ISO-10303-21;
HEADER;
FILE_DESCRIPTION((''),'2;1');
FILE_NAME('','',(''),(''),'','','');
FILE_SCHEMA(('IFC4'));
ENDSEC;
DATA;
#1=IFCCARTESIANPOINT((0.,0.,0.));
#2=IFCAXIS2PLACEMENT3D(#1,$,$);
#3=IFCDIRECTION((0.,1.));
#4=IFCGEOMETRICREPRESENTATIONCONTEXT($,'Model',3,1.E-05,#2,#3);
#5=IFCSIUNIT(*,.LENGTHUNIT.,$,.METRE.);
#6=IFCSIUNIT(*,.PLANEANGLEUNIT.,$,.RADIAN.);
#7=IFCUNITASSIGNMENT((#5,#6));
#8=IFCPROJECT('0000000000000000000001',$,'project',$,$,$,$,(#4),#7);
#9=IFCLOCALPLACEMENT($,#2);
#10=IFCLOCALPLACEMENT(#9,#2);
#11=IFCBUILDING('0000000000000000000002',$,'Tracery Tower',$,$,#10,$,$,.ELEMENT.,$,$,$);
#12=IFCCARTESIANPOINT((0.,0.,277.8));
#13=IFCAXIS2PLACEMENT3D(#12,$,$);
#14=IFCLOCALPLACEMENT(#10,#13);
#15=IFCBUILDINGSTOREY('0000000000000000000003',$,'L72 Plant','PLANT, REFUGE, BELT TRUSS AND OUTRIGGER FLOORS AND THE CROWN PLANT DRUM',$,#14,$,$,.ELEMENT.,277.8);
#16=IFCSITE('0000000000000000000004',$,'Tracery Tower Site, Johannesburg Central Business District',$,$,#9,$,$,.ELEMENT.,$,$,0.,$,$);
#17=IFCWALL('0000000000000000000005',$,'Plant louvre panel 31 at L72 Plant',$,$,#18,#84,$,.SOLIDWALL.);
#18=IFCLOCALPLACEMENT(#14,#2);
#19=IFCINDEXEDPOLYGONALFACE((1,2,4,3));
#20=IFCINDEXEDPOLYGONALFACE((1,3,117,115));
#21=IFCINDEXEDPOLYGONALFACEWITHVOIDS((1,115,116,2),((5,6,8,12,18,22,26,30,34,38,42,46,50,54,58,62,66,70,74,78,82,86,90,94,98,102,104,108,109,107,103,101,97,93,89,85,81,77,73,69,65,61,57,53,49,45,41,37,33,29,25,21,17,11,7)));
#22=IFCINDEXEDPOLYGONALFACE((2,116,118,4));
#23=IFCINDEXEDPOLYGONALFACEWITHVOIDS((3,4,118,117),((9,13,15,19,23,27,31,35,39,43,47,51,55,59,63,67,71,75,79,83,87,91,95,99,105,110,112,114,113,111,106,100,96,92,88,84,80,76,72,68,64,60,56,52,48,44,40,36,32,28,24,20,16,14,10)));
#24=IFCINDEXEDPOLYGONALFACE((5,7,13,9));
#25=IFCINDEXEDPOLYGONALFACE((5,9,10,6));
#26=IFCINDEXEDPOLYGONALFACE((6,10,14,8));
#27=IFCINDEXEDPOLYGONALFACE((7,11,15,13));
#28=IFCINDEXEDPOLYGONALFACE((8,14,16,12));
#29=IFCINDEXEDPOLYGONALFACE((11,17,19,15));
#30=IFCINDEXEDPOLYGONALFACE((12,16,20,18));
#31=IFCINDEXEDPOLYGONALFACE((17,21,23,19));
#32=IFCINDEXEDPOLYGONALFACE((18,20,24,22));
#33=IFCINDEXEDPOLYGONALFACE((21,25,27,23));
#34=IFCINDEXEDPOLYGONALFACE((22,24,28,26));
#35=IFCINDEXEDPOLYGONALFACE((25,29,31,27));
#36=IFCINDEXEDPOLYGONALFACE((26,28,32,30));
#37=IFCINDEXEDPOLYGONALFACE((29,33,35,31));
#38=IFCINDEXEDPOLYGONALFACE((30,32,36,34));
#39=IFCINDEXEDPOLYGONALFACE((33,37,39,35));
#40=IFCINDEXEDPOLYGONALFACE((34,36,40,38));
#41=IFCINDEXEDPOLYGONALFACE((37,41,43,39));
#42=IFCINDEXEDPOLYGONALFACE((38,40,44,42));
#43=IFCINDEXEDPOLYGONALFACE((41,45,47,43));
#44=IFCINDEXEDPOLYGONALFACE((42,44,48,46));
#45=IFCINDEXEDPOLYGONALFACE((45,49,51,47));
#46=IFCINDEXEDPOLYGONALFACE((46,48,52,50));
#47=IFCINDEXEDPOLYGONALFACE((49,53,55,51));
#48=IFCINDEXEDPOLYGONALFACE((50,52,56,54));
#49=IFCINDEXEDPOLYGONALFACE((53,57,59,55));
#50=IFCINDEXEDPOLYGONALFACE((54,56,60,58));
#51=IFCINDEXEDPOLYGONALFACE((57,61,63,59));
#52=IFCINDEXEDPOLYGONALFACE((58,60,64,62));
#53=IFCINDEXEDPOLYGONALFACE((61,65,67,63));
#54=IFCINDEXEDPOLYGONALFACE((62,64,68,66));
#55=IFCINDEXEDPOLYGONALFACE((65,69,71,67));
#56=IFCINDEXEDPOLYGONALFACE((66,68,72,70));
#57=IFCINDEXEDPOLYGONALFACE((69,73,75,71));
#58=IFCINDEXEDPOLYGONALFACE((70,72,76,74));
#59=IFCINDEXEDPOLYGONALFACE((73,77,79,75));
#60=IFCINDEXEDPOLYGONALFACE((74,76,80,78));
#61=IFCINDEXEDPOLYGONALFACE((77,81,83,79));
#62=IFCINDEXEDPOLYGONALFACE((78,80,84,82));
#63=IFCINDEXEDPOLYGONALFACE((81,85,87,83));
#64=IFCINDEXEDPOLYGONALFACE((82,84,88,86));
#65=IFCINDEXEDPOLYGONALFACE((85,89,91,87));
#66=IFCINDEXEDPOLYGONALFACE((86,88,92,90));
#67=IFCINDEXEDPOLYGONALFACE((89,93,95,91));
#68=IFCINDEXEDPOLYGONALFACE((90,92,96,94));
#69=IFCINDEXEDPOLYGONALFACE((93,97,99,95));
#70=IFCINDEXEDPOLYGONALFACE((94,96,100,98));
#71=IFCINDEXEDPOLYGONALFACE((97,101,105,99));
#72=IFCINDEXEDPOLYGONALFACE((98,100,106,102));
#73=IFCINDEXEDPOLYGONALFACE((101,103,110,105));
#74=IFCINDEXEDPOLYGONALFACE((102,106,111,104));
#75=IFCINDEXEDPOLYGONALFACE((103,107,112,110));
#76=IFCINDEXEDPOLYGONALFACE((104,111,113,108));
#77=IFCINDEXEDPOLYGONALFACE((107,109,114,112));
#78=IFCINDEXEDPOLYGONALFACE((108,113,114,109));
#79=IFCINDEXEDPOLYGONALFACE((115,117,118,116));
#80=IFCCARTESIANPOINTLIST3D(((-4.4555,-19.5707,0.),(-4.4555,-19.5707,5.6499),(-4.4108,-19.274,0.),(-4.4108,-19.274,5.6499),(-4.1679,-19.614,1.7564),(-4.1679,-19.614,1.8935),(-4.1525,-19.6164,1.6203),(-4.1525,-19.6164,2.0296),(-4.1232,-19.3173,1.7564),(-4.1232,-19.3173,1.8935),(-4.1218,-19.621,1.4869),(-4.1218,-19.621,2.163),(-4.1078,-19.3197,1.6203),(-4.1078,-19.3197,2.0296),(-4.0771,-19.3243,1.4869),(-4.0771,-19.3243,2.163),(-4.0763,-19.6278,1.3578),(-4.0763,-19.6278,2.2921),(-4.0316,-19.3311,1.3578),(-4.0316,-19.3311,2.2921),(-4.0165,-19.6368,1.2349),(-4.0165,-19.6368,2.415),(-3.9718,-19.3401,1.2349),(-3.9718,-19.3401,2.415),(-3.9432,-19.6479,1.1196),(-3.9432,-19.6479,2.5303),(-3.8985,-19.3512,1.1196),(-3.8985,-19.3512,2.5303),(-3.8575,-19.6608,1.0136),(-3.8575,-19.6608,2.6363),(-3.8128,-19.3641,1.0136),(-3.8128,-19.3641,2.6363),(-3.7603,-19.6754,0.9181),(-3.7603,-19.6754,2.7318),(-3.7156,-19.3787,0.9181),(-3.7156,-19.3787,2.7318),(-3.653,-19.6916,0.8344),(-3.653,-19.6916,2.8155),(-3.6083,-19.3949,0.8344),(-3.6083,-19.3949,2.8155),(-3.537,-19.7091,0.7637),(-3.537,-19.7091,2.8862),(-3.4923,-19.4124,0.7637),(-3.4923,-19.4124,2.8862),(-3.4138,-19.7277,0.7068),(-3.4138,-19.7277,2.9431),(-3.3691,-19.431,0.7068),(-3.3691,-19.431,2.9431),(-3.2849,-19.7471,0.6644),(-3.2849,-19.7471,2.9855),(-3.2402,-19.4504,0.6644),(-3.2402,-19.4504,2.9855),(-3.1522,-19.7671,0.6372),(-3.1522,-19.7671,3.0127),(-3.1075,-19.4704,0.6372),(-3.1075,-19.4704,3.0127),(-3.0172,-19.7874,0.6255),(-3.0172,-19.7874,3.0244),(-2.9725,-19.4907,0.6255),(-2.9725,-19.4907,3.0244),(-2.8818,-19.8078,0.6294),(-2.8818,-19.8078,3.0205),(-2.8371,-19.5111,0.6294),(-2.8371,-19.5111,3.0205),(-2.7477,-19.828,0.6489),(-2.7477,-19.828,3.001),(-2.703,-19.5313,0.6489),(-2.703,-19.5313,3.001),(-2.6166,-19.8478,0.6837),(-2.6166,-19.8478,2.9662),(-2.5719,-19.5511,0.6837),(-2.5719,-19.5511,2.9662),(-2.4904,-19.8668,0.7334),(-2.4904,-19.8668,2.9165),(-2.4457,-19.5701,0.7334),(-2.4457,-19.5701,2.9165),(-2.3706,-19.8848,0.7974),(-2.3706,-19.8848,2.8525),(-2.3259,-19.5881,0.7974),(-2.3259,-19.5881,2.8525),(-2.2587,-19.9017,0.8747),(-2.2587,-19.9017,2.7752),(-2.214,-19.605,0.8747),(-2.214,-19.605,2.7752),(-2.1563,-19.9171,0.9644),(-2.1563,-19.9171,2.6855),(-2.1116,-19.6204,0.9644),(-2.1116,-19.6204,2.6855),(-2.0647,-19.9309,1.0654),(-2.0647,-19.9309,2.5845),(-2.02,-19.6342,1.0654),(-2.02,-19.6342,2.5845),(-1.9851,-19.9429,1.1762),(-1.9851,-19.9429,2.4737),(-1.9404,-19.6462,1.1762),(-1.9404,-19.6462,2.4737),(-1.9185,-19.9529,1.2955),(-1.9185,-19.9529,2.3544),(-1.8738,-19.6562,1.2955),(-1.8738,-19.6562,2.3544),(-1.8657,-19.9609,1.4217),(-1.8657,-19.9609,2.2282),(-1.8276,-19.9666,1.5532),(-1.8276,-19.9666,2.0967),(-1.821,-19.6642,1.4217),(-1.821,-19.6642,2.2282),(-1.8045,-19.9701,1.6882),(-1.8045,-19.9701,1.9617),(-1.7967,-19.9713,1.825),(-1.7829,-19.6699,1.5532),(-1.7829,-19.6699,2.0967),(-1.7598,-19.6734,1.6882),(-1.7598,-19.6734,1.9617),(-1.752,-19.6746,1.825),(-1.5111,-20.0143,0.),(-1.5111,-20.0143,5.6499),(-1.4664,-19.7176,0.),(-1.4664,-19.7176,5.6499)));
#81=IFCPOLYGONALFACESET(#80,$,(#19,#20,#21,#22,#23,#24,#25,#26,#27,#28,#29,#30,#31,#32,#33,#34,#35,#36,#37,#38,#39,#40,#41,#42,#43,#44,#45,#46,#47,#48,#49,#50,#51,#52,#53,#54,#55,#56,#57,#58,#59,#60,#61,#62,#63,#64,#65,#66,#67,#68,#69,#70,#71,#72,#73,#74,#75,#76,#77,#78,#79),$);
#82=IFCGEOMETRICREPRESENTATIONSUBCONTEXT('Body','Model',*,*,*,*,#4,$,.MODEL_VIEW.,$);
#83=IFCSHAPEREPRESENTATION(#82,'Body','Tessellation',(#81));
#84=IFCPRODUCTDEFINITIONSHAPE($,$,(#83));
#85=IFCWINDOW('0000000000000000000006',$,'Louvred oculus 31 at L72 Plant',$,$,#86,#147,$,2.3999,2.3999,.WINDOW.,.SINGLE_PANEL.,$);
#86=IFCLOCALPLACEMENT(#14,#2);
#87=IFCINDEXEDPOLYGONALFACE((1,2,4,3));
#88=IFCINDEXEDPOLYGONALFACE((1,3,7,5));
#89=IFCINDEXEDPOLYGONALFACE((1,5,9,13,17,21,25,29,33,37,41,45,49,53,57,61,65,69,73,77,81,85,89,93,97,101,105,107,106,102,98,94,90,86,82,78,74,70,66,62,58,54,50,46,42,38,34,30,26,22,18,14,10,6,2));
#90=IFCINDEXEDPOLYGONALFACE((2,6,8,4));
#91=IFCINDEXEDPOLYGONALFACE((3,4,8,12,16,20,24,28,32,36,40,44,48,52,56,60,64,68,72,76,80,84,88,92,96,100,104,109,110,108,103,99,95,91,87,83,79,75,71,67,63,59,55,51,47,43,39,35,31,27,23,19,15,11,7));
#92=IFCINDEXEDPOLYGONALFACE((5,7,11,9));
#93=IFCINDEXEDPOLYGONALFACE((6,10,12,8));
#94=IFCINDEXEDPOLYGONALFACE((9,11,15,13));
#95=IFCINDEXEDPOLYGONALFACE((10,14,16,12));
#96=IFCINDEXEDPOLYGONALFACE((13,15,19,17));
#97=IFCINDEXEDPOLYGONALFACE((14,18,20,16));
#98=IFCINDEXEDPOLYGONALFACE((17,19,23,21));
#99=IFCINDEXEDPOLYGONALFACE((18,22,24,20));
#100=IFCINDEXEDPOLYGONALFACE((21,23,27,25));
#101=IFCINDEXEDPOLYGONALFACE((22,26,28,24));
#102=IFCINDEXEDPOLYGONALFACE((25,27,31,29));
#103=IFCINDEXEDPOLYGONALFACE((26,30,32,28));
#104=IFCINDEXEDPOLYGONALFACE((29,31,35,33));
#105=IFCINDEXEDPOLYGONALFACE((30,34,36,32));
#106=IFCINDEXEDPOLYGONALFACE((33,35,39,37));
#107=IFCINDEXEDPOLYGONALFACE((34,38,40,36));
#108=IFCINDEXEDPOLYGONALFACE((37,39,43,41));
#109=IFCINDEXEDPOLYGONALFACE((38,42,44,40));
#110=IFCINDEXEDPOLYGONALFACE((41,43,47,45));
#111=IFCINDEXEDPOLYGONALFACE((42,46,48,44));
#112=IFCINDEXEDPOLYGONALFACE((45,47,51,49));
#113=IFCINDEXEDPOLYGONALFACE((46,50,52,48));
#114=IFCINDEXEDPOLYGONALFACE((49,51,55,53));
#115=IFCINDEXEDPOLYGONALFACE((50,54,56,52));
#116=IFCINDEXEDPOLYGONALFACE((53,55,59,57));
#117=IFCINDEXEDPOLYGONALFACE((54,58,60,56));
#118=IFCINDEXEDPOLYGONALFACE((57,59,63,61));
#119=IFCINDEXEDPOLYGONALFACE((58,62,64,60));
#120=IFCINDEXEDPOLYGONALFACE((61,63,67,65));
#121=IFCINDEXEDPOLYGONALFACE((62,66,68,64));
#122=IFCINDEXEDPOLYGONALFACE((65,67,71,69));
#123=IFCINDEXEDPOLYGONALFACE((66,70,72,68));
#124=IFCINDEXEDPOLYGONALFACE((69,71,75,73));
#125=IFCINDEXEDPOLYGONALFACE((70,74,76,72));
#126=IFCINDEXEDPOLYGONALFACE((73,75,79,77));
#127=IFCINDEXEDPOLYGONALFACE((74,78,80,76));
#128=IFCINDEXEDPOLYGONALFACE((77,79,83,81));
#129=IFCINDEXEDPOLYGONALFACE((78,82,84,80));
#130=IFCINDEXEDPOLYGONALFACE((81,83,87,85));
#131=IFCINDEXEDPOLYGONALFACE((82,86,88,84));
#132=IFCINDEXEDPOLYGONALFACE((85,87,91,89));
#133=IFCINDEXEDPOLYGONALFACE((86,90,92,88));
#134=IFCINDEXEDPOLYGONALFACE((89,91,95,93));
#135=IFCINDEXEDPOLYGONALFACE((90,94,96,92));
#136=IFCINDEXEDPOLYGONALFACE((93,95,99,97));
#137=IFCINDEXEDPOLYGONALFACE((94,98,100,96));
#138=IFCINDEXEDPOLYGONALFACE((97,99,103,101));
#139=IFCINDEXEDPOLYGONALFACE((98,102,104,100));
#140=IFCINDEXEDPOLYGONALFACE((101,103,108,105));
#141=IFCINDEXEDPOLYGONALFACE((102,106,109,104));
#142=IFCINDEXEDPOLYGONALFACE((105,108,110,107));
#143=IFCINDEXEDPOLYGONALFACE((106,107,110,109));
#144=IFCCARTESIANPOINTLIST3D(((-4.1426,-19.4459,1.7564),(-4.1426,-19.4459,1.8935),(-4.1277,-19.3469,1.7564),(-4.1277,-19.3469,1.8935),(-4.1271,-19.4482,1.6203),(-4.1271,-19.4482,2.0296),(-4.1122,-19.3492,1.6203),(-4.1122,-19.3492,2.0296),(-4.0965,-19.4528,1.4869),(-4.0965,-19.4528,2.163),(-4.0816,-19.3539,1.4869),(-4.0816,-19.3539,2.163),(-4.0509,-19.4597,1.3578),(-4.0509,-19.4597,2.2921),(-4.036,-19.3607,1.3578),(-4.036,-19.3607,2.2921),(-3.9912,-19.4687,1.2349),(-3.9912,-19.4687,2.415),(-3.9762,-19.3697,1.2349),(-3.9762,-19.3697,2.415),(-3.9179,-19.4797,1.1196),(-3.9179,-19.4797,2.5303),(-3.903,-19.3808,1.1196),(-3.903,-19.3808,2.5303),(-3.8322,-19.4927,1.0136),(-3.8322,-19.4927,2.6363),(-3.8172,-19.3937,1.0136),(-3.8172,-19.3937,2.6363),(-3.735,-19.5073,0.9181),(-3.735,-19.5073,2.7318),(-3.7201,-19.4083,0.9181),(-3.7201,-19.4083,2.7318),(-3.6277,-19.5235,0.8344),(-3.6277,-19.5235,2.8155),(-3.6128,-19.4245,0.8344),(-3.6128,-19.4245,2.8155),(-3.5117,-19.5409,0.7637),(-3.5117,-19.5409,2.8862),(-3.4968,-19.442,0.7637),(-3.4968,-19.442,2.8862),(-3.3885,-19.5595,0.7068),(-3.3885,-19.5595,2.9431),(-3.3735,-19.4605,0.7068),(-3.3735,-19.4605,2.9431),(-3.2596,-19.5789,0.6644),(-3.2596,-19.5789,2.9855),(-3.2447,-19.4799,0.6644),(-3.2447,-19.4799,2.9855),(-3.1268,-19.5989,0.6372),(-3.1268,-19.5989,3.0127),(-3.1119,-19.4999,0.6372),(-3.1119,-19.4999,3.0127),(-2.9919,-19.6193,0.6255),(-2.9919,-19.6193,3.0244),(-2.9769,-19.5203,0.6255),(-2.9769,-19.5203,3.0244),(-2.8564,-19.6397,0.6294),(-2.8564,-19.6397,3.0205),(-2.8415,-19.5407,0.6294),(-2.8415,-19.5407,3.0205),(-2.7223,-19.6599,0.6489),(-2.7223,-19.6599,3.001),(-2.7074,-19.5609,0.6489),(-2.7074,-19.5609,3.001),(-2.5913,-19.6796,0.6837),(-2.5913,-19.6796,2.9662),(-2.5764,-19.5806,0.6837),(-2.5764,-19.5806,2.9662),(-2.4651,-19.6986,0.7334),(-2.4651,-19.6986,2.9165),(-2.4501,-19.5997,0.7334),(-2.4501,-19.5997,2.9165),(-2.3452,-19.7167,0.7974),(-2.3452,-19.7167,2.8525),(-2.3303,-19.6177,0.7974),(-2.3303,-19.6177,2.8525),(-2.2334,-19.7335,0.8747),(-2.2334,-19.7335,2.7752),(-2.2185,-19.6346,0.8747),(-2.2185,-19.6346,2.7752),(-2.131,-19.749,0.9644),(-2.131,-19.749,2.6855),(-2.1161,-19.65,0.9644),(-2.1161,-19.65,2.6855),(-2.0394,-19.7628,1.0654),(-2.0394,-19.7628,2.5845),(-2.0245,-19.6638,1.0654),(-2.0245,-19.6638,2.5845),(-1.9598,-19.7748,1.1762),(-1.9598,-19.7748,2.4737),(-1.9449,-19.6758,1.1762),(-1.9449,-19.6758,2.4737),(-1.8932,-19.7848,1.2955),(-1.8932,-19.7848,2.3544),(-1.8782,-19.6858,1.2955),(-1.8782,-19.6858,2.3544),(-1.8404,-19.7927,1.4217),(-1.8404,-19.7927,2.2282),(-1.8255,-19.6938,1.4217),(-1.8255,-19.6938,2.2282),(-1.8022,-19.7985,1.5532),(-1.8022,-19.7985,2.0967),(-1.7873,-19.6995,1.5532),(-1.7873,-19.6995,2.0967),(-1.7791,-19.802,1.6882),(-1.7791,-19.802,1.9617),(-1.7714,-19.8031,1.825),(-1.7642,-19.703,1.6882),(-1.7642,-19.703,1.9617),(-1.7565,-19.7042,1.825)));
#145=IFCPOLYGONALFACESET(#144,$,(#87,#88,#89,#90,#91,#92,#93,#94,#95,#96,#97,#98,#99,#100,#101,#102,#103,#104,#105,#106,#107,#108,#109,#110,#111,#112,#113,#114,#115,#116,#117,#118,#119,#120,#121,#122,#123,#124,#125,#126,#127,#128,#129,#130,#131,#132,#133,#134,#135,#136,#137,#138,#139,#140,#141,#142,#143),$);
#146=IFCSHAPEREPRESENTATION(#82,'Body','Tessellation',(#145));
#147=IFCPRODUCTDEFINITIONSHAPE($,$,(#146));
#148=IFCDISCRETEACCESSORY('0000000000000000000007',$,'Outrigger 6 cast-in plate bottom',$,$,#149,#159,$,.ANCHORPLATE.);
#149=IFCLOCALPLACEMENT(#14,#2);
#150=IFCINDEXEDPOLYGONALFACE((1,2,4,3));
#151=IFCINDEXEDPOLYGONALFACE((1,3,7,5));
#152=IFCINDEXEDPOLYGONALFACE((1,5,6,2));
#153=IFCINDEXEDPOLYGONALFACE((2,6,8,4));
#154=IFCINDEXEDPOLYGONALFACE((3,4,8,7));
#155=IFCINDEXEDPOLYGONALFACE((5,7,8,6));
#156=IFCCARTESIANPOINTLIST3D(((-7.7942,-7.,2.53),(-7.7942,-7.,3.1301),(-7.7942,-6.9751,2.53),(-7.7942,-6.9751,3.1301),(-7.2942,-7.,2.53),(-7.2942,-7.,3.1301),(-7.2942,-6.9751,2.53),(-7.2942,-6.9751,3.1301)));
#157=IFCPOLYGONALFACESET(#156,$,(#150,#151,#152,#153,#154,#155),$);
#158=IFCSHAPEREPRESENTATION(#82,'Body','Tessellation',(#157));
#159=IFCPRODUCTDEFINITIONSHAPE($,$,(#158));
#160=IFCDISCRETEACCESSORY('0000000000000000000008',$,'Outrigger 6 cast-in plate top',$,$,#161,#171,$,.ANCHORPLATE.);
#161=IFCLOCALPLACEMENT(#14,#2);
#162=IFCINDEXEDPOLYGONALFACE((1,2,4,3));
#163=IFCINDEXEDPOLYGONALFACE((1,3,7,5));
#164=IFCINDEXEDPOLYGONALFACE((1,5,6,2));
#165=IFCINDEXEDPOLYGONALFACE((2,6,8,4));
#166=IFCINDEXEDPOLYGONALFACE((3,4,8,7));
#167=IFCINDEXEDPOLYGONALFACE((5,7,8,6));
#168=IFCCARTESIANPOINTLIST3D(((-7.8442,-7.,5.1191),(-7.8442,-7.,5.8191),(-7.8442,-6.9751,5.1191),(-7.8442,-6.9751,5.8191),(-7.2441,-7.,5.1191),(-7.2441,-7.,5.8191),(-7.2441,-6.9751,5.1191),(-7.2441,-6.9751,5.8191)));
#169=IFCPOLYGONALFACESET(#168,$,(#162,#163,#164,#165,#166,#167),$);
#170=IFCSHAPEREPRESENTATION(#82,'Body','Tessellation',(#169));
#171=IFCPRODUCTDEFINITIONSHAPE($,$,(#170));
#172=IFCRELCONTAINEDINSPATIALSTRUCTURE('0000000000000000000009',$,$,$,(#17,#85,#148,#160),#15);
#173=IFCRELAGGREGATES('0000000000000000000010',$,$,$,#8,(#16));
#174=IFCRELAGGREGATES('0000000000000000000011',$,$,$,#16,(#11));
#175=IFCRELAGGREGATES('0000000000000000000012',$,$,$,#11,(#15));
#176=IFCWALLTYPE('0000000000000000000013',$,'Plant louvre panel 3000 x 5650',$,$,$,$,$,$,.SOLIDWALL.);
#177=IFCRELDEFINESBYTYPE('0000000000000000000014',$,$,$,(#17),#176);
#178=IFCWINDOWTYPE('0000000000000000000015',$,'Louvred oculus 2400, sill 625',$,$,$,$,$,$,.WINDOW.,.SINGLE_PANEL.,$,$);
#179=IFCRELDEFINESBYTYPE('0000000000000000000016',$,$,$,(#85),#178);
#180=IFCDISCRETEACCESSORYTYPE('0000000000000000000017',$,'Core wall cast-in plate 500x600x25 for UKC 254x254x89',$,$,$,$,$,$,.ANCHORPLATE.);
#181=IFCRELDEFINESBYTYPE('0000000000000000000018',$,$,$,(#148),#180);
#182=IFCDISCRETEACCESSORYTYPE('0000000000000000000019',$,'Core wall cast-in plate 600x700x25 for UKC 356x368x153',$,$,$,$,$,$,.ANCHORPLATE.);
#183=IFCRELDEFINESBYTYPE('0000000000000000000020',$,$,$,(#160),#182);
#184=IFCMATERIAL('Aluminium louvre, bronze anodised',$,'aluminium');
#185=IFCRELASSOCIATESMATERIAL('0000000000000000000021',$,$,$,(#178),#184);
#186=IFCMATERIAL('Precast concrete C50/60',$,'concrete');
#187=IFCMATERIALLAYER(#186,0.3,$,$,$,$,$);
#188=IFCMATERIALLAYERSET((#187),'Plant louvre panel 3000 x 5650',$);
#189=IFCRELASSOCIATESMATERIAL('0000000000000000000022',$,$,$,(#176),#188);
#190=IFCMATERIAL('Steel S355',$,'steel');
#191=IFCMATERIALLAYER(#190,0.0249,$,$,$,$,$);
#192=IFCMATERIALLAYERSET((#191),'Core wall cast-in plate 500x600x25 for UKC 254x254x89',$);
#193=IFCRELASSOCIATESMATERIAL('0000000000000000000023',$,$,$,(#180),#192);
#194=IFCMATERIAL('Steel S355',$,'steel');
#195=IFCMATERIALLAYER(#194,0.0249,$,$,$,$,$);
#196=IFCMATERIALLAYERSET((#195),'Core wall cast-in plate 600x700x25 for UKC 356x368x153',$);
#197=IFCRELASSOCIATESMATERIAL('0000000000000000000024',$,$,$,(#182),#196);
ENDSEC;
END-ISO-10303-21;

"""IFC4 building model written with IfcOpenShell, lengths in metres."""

from ifc_helpers import new_model, si_unit, direction, frame, frame_2d, origin, origin_2d, place, context, subcontext, project, spatial, rectangle, circle, extrude, material, layer, layer_set, type_object, element, fill, save


model = new_model("IFC4")

# Units and contexts
model_context = context("Model", 3, precision=1e-05, world=origin(), true_north=direction((0.0, 1.0)))
body_context = subcontext(model_context, "Body", "Model", "MODEL_VIEW")
ifc_project = project(units=[si_unit("LENGTHUNIT", "METRE"), si_unit("PLANEANGLEUNIT", "RADIAN")], contexts=[model_context])

# Site, building, storey
site_placement = place(None, origin())
site = spatial("IfcSite", under=ifc_project, at=site_placement, Name="Tracery Tower Site, Johannesburg Central Business District", CompositionType="ELEMENT", RefElevation=0.0)
building_placement = place(site_placement, origin())
building = spatial("IfcBuilding", under=site, at=building_placement, Name="Tracery Tower", CompositionType="ELEMENT")
storey_placement = place(building_placement, frame((0.0, 0.0, 277.8)))
storey = spatial("IfcBuildingStorey", under=building, at=storey_placement, Name="L72 Plant", Description="PLANT, REFUGE, BELT TRUSS AND OUTRIGGER FLOORS AND THE CROWN PLANT DRUM", CompositionType="ELEMENT", Elevation=277.8)

# Wall, opening, window
ifc_material_1 = material(Name="Aluminium louvre, bronze anodised", Category="aluminium")
window_type = type_object("IfcWindowType", Name="Louvred oculus 2400, sill 625", PartitioningType="SINGLE_PANEL", PredefinedType="WINDOW", material=ifc_material_1)
ifc_material_2 = material(Name="Precast concrete C50/60", Category="concrete")
ifc_layer_1 = layer(ifc_material_2, 0.3)
ifc_layer_set_1 = layer_set([ifc_layer_1], Name="Plant louvre panel 3000 x 5650")
wall_type_1 = type_object("IfcWallType", Name="Plant louvre panel 3000 x 5650", PredefinedType="SOLIDWALL", material=ifc_layer_set_1)
wall_1_placement = place(storey_placement, frame((-4.4331, -19.4224, 0.0), z_axis=(0.0, 0.0, 1.0), x_axis=(0.98884, -0.148982, 0.0)))
wall_1 = element("IfcWall", 1, at=wall_1_placement, inside=storey, type_object=wall_type_1, Name="Plant louvre panel 31 at L72 Plant", PredefinedType="SOLIDWALL", context=body_context, shape_type="SweptSolid", body=[
    extrude(rectangle(XDim=2.9775, YDim=0.3, at=frame_2d((1.4888, 0.0))), origin(), (0.0, 0.0, 1.0), 5.6499),
])
opening_1_placement = place(wall_1_placement, frame((1.4888, 0.0, 1.825)))
opening_1 = element("IfcOpeningElement", 2, at=opening_1_placement, cuts=wall_1, PredefinedType="OPENING", context=body_context, shape_type="SweptSolid", body=[
    extrude(circle(Radius=1.2, at=origin_2d()), frame((0.0, 0.1599, 0.0), z_axis=(0.0, -1.0, 0.0), x_axis=(1.0, 0.0, 0.0)), (0.0, 0.0, 1.0), 0.3201),
])
window_1_placement = place(opening_1_placement, origin())
window_1 = element("IfcWindow", 3, at=window_1_placement, inside=storey, type_object=window_type, Name="Louvred oculus 31 at L72 Plant", OverallHeight=2.3999, OverallWidth=2.3999, PartitioningType="SINGLE_PANEL", PredefinedType="WINDOW", context=body_context, shape_type="SweptSolid", body=[
    extrude(circle(Radius=1.2, at=origin_2d()), frame((0.0, 0.1201, 0.0), z_axis=(0.0, -1.0, 0.0), x_axis=(1.0, 0.0, 0.0)), (0.0, 0.0, 1.0), 0.1001),
])
fill(opening_1, window_1)

# Discrete accessories
ifc_material_3 = material(Name="Steel S355", Category="steel")
ifc_layer_2 = layer(ifc_material_3, 0.0249)
ifc_layer_set_2 = layer_set([ifc_layer_2], Name="Core wall cast-in plate 500x600x25 for UKC 254x254x89")
discrete_accessory_type_1 = type_object("IfcDiscreteAccessoryType", Name="Core wall cast-in plate 500x600x25 for UKC 254x254x89", PredefinedType="ANCHORPLATE", material=ifc_layer_set_2)
discrete_accessory_1_placement = place(storey_placement, frame((-7.5442, -6.9875, 2.53), z_axis=(0.0, 0.0, 1.0), x_axis=(1.0, 0.0, 0.0)))
element("IfcDiscreteAccessory", 4, at=discrete_accessory_1_placement, inside=storey, type_object=discrete_accessory_type_1, Name="Outrigger 6 cast-in plate bottom", PredefinedType="ANCHORPLATE", context=body_context, shape_type="SweptSolid", body=[
    extrude(rectangle(XDim=0.5, YDim=0.0249, at=origin_2d()), origin(), (0.0, 0.0, 1.0), 0.6001),
])
ifc_material_4 = material(Name="Steel S355", Category="steel")
ifc_layer_3 = layer(ifc_material_4, 0.0249)
ifc_layer_set_3 = layer_set([ifc_layer_3], Name="Core wall cast-in plate 600x700x25 for UKC 356x368x153")
discrete_accessory_type_2 = type_object("IfcDiscreteAccessoryType", Name="Core wall cast-in plate 600x700x25 for UKC 356x368x153", PredefinedType="ANCHORPLATE", material=ifc_layer_set_3)
discrete_accessory_2_placement = place(storey_placement, frame((-7.5442, -6.9875, 5.1191), z_axis=(0.0, 0.0, 1.0), x_axis=(1.0, 0.0, 0.0)))
element("IfcDiscreteAccessory", 5, at=discrete_accessory_2_placement, inside=storey, type_object=discrete_accessory_type_2, Name="Outrigger 6 cast-in plate top", PredefinedType="ANCHORPLATE", context=body_context, shape_type="SweptSolid", body=[
    extrude(rectangle(XDim=0.6001, YDim=0.0249, at=origin_2d()), origin(), (0.0, 0.0, 1.0), 0.7),
])

save(model, "model.ifc")
